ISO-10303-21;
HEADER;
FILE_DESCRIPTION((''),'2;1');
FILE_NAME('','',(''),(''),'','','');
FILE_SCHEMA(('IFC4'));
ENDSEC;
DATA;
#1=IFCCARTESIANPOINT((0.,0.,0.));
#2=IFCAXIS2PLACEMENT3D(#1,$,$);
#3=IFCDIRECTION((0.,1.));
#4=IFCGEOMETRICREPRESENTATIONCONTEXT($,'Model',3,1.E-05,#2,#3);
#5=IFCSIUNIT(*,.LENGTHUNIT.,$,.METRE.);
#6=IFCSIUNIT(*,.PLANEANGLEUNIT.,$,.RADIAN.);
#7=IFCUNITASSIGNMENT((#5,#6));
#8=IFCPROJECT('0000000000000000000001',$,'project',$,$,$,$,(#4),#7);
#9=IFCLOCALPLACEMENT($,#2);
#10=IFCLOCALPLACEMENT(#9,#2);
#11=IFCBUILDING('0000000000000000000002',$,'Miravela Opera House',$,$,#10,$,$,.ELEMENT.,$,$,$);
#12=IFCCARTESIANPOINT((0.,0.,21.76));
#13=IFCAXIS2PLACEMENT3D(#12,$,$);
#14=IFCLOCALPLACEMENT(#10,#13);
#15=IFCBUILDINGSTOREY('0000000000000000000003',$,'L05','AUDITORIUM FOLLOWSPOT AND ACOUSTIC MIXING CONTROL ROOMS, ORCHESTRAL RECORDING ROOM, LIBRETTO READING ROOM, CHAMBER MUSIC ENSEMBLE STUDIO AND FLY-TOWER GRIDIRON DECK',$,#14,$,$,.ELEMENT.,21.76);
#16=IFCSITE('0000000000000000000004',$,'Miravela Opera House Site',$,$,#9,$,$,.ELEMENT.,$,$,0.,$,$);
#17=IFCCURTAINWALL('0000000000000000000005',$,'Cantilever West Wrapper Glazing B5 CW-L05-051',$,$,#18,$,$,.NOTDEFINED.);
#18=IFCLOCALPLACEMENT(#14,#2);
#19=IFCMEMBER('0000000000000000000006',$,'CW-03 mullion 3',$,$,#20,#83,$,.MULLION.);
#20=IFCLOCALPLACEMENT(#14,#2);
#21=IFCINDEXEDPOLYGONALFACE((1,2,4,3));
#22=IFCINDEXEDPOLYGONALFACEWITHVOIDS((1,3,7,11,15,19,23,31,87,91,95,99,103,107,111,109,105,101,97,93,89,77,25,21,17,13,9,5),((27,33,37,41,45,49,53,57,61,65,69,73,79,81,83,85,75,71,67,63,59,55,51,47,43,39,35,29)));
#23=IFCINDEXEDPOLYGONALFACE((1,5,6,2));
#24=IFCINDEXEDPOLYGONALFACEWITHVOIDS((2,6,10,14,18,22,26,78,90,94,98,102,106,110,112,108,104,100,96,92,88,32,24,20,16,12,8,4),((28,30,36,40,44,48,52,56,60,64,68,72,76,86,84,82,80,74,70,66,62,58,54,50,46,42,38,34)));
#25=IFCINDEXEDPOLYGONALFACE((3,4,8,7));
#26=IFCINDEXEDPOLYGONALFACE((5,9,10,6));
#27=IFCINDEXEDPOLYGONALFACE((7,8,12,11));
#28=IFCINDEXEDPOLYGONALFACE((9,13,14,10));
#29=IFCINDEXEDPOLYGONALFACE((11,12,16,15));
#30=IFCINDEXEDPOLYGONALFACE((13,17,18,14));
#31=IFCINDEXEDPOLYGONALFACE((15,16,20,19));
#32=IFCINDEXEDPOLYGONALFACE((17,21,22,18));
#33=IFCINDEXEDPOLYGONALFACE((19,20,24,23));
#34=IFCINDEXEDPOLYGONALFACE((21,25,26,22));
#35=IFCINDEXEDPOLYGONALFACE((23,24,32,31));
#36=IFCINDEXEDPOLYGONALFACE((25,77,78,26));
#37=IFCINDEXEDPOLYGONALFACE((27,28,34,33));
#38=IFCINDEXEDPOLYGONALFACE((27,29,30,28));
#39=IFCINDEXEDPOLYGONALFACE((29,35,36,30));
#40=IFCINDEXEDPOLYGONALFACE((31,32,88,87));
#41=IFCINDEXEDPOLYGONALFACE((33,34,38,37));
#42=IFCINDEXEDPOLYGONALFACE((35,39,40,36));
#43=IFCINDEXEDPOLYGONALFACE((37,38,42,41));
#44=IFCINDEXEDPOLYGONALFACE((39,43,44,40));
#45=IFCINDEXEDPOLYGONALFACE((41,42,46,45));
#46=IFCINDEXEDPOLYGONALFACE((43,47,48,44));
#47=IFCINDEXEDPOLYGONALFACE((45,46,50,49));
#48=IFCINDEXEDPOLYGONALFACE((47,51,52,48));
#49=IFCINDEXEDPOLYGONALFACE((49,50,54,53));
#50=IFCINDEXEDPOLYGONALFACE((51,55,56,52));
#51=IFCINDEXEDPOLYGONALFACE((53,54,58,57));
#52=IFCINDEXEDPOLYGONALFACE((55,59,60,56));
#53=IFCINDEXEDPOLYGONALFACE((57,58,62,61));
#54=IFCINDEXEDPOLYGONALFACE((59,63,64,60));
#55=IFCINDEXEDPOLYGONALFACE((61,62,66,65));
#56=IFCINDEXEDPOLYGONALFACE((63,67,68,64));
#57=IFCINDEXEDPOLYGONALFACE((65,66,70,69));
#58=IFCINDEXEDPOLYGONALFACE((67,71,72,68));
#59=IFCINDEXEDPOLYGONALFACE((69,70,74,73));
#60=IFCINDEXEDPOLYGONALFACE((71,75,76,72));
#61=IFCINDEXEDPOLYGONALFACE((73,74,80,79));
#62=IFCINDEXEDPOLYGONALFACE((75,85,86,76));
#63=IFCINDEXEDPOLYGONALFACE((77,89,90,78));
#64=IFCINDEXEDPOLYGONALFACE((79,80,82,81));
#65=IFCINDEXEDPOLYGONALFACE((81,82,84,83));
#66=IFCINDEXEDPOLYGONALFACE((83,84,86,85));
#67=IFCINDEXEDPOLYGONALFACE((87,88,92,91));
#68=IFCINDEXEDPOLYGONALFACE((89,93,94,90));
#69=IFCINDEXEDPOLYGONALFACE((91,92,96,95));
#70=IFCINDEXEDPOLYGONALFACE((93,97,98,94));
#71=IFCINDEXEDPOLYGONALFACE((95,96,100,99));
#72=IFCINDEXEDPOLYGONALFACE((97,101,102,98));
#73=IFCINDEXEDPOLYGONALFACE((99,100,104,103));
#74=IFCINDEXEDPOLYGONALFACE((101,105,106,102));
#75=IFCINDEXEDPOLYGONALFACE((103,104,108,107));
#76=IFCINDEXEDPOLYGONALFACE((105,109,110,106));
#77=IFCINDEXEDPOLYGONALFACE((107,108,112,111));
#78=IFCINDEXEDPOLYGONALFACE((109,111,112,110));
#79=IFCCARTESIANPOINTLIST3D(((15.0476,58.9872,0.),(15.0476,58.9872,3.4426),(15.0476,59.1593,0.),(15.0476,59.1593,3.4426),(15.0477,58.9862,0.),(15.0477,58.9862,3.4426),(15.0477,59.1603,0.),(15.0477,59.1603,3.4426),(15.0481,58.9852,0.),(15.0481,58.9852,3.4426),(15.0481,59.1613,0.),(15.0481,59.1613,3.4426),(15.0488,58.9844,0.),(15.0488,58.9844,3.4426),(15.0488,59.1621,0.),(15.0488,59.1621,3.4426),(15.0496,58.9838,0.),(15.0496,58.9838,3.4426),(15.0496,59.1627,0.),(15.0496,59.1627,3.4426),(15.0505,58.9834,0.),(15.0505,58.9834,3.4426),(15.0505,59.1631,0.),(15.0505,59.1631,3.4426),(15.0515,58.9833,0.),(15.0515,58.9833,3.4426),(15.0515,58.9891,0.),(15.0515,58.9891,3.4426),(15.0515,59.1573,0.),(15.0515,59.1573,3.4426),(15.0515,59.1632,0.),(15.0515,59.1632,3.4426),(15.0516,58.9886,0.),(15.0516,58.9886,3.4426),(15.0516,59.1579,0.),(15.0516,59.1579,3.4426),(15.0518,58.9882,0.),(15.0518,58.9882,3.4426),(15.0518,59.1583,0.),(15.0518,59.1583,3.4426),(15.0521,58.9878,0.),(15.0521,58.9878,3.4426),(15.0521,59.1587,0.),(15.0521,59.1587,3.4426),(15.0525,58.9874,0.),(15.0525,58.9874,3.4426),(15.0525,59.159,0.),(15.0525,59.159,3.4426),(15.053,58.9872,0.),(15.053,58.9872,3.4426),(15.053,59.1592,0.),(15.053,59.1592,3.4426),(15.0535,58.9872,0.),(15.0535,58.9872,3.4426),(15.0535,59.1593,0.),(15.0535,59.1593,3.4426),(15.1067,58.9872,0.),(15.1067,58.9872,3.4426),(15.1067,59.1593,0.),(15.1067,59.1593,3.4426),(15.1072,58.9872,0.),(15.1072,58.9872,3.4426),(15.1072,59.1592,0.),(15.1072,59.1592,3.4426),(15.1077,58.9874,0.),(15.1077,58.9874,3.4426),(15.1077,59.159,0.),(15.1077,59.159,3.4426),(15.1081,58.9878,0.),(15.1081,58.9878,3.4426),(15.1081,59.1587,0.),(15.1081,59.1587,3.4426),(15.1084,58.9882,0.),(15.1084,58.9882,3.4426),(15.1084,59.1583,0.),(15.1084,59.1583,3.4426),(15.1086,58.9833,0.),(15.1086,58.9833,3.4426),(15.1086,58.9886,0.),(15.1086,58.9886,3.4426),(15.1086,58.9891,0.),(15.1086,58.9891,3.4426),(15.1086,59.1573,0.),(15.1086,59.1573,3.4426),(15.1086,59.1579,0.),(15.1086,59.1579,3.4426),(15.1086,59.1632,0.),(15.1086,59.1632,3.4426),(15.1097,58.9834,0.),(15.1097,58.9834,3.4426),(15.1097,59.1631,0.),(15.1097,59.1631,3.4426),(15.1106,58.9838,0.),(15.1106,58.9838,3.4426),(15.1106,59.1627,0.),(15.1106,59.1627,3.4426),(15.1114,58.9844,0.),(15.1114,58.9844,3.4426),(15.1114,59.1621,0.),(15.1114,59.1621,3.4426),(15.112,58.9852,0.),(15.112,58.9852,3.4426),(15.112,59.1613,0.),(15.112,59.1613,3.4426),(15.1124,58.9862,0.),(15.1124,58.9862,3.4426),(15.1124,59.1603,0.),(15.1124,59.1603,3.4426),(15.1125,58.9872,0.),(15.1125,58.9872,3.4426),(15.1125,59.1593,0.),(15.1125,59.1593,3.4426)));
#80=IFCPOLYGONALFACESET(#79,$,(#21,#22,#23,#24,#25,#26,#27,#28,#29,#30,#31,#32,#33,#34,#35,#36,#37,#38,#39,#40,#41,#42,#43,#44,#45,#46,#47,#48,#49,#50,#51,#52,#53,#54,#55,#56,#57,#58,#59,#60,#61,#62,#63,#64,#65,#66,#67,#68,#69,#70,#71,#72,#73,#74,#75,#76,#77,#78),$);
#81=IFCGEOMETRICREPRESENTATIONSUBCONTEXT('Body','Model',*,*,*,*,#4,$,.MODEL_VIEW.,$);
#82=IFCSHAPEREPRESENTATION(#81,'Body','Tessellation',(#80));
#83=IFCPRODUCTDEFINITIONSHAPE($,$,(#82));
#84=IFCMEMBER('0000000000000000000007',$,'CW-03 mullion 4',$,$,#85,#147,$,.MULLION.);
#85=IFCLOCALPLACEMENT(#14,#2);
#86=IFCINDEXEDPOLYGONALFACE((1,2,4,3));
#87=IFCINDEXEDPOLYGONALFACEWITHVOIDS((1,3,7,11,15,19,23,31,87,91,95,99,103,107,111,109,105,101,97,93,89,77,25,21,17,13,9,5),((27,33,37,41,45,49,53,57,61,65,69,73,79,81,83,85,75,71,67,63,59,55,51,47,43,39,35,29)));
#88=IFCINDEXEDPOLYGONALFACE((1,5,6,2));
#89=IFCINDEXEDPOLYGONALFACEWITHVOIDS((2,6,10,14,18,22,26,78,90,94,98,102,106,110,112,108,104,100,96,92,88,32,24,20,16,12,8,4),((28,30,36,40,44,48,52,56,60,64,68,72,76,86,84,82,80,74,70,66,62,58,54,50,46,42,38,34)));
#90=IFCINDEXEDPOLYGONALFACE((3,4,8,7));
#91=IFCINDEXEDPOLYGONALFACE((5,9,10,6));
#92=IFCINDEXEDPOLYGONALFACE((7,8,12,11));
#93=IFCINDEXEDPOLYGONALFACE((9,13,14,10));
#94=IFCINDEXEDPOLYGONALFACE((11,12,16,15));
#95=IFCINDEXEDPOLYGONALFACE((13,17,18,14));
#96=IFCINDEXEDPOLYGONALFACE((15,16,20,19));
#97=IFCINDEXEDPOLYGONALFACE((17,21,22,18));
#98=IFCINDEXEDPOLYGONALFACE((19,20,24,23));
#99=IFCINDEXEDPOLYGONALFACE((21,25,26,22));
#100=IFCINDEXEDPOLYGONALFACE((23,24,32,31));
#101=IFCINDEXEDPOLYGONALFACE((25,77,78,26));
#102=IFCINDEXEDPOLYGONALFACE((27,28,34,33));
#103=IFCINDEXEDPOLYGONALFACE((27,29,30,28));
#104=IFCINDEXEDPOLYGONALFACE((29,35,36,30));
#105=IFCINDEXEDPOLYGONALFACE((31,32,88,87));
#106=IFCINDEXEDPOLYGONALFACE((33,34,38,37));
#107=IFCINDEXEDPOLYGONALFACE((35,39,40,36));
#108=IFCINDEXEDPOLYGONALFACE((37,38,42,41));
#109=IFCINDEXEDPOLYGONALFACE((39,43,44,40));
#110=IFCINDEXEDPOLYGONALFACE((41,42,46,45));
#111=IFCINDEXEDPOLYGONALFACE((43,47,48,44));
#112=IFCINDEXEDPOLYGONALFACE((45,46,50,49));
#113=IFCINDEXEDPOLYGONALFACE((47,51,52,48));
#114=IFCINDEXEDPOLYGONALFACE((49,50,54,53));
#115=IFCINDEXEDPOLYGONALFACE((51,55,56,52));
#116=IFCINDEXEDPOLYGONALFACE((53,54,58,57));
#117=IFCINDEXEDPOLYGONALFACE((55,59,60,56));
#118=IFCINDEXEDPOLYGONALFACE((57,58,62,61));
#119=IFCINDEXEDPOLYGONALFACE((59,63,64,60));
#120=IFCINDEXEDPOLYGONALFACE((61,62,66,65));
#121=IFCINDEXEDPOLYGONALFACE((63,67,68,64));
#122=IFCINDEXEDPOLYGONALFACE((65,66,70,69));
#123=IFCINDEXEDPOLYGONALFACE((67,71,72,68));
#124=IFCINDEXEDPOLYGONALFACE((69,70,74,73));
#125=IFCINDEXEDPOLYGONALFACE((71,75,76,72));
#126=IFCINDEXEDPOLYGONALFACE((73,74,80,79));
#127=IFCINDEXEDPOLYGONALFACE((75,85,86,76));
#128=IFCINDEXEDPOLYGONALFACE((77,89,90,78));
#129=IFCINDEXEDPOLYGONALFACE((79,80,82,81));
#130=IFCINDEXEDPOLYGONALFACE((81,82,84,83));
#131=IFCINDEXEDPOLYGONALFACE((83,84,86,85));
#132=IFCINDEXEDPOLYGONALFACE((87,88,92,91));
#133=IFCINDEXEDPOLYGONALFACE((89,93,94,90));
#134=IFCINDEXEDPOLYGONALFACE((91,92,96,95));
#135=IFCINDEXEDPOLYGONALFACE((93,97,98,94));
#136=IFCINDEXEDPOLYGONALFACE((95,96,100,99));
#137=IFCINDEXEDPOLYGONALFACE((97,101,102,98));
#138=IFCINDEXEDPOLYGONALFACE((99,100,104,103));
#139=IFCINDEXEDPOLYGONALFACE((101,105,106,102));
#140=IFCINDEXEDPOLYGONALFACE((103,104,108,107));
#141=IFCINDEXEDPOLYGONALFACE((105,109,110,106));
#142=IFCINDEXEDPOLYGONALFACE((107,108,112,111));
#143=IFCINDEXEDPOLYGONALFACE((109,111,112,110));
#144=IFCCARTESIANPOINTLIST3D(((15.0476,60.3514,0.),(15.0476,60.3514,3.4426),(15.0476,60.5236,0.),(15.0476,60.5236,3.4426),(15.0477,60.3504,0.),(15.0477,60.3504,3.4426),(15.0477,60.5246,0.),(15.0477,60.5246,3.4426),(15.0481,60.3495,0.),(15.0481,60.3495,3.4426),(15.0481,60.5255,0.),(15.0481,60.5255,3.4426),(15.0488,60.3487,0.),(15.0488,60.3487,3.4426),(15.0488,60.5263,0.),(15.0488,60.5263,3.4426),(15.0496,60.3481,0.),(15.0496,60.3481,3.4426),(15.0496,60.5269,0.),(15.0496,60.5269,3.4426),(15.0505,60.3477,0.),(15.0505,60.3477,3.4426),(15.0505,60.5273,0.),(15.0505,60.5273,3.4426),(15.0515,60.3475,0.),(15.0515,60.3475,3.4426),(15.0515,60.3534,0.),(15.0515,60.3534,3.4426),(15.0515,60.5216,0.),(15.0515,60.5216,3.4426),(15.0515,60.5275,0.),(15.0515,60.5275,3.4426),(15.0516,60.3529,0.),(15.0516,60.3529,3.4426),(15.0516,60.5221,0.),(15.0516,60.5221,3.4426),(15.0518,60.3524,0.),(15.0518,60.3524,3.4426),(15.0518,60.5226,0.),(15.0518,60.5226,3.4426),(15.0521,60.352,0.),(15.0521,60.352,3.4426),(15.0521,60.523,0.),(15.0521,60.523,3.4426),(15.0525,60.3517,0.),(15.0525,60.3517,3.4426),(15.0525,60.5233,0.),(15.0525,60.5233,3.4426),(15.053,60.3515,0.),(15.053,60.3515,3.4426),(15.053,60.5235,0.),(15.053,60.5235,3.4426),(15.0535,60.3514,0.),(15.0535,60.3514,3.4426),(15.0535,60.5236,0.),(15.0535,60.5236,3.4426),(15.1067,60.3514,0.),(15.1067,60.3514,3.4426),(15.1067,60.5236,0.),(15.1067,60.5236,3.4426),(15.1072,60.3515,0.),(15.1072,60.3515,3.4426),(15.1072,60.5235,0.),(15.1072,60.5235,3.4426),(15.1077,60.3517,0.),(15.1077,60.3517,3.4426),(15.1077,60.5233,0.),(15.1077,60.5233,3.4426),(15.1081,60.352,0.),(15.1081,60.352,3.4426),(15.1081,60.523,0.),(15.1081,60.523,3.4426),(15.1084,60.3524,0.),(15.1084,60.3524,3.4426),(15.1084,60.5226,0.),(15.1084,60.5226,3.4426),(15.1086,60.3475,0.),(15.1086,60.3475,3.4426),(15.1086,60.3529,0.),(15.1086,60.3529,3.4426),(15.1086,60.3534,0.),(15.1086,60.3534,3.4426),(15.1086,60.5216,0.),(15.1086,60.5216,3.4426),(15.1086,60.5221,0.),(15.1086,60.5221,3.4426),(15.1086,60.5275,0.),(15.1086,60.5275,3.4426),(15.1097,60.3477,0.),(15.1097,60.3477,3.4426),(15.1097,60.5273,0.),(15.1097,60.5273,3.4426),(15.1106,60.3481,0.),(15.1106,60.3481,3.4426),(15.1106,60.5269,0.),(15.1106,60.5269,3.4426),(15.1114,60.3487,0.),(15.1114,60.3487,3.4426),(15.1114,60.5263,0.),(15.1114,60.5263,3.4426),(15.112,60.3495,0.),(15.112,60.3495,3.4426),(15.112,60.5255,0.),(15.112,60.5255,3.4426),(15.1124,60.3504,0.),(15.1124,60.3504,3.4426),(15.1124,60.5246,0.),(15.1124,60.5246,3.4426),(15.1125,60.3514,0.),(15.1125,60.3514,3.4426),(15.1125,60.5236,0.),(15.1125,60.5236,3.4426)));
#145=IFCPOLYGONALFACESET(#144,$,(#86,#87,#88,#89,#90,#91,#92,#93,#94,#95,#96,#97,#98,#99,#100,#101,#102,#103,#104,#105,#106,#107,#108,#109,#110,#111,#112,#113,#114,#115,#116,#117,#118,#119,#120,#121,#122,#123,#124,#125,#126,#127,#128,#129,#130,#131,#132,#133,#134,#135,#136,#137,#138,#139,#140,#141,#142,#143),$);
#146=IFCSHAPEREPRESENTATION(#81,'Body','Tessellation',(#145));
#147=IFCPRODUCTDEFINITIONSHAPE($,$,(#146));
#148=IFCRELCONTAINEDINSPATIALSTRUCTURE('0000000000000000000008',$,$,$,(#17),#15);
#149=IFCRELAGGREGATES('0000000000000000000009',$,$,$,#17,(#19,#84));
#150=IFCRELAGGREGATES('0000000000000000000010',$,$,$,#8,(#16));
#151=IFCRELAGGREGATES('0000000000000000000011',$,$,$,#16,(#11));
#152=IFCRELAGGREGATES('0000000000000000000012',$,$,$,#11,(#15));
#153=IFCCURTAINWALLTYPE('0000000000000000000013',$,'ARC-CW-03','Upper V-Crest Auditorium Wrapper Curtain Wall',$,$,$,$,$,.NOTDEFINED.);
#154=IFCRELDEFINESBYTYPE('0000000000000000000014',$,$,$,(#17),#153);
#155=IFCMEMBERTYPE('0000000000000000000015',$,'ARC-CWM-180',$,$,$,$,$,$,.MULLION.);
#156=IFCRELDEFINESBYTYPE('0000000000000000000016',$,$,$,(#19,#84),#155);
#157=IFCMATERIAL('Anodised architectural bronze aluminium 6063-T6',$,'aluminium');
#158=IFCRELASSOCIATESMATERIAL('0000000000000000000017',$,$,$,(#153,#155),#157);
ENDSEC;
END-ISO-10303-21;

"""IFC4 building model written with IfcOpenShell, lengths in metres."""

from ifc_helpers import new_model, si_unit, direction, frame, origin, origin_2d, place, context, subcontext, project, spatial, hollow_rectangle, extrude, material, material_profile, profile_set, type_object, element, aggregate, save


model = new_model("IFC4")

# Units and contexts
model_context = context("Model", 3, precision=1e-05, world=origin(), true_north=direction((0.0, 1.0)))
body_context = subcontext(model_context, "Body", "Model", "MODEL_VIEW")
ifc_project = project(units=[si_unit("LENGTHUNIT", "METRE"), si_unit("PLANEANGLEUNIT", "RADIAN")], contexts=[model_context])

# Site, building, storey
site_placement = place(None, origin())
site = spatial("IfcSite", under=ifc_project, at=site_placement, Name="Miravela Opera House Site", CompositionType="ELEMENT", RefElevation=0.0)
building_placement = place(site_placement, origin())
building = spatial("IfcBuilding", under=site, at=building_placement, Name="Miravela Opera House", CompositionType="ELEMENT")
storey_placement = place(building_placement, frame((0.0, 0.0, 21.76)))
storey = spatial("IfcBuildingStorey", under=building, at=storey_placement, Name="L05", Description="AUDITORIUM FOLLOWSPOT AND ACOUSTIC MIXING CONTROL ROOMS, ORCHESTRAL RECORDING ROOM, LIBRETTO READING ROOM, CHAMBER MUSIC ENSEMBLE STUDIO AND FLY-TOWER GRIDIRON DECK", CompositionType="ELEMENT", Elevation=21.76)

# Curtain wall, members
ifc_material_1 = material(Name="Anodised architectural bronze aluminium 6063-T6", Category="aluminium")
curtain_wall_type = type_object("IfcCurtainWallType", Name="ARC-CW-03", Description="Upper V-Crest Auditorium Wrapper Curtain Wall", PredefinedType="NOTDEFINED", material=ifc_material_1)
curtain_wall_1_placement = place(storey_placement, origin())
curtain_wall_1 = element("IfcCurtainWall", 1, at=curtain_wall_1_placement, inside=storey, type_object=curtain_wall_type, Name="Cantilever West Wrapper Glazing B5 CW-L05-051", PredefinedType="NOTDEFINED")
ifc_material_profile_1 = material_profile(ifc_material_1, hollow_rectangle(XDim=0.0649, YDim=0.1799, WallThickness=0.0039, InnerFilletRadius=0.002, OuterFilletRadius=0.0039, at=origin_2d()), Name="CWM-65X180")
ifc_profile_set_1 = profile_set([ifc_material_profile_1])
member_type_1 = type_object("IfcMemberType", Name="ARC-CWM-180", PredefinedType="MULLION", material=ifc_profile_set_1)
member_1_placement = place(storey_placement, frame((15.0801, 59.0732, 0.0), z_axis=(0.0, 0.0, 1.0), x_axis=(-1.0, 0.0, 0.0)))
member_1 = element("IfcMember", 2, at=member_1_placement, type_object=member_type_1, Name="CW-03 mullion 3", PredefinedType="MULLION", context=body_context, shape_type="SweptSolid", body=[
    extrude(hollow_rectangle(XDim=0.0649, YDim=0.1799, WallThickness=0.0039, InnerFilletRadius=0.002, OuterFilletRadius=0.0039, at=origin_2d()), origin(), (0.0, 0.0, 1.0), 3.4426),
])
member_2_placement = place(storey_placement, frame((15.0801, 60.4375, 0.0), z_axis=(0.0, 0.0, 1.0), x_axis=(-1.0, 0.0, 0.0)))
member_2 = element("IfcMember", 3, at=member_2_placement, type_object=member_type_1, Name="CW-03 mullion 4", PredefinedType="MULLION", context=body_context, shape_type="SweptSolid", body=[
    extrude(hollow_rectangle(XDim=0.0649, YDim=0.1799, WallThickness=0.0039, InnerFilletRadius=0.002, OuterFilletRadius=0.0039, at=origin_2d()), origin(), (0.0, 0.0, 1.0), 3.4426),
])

aggregate(curtain_wall_1, [member_1, member_2])

save(model, "model.ifc")
